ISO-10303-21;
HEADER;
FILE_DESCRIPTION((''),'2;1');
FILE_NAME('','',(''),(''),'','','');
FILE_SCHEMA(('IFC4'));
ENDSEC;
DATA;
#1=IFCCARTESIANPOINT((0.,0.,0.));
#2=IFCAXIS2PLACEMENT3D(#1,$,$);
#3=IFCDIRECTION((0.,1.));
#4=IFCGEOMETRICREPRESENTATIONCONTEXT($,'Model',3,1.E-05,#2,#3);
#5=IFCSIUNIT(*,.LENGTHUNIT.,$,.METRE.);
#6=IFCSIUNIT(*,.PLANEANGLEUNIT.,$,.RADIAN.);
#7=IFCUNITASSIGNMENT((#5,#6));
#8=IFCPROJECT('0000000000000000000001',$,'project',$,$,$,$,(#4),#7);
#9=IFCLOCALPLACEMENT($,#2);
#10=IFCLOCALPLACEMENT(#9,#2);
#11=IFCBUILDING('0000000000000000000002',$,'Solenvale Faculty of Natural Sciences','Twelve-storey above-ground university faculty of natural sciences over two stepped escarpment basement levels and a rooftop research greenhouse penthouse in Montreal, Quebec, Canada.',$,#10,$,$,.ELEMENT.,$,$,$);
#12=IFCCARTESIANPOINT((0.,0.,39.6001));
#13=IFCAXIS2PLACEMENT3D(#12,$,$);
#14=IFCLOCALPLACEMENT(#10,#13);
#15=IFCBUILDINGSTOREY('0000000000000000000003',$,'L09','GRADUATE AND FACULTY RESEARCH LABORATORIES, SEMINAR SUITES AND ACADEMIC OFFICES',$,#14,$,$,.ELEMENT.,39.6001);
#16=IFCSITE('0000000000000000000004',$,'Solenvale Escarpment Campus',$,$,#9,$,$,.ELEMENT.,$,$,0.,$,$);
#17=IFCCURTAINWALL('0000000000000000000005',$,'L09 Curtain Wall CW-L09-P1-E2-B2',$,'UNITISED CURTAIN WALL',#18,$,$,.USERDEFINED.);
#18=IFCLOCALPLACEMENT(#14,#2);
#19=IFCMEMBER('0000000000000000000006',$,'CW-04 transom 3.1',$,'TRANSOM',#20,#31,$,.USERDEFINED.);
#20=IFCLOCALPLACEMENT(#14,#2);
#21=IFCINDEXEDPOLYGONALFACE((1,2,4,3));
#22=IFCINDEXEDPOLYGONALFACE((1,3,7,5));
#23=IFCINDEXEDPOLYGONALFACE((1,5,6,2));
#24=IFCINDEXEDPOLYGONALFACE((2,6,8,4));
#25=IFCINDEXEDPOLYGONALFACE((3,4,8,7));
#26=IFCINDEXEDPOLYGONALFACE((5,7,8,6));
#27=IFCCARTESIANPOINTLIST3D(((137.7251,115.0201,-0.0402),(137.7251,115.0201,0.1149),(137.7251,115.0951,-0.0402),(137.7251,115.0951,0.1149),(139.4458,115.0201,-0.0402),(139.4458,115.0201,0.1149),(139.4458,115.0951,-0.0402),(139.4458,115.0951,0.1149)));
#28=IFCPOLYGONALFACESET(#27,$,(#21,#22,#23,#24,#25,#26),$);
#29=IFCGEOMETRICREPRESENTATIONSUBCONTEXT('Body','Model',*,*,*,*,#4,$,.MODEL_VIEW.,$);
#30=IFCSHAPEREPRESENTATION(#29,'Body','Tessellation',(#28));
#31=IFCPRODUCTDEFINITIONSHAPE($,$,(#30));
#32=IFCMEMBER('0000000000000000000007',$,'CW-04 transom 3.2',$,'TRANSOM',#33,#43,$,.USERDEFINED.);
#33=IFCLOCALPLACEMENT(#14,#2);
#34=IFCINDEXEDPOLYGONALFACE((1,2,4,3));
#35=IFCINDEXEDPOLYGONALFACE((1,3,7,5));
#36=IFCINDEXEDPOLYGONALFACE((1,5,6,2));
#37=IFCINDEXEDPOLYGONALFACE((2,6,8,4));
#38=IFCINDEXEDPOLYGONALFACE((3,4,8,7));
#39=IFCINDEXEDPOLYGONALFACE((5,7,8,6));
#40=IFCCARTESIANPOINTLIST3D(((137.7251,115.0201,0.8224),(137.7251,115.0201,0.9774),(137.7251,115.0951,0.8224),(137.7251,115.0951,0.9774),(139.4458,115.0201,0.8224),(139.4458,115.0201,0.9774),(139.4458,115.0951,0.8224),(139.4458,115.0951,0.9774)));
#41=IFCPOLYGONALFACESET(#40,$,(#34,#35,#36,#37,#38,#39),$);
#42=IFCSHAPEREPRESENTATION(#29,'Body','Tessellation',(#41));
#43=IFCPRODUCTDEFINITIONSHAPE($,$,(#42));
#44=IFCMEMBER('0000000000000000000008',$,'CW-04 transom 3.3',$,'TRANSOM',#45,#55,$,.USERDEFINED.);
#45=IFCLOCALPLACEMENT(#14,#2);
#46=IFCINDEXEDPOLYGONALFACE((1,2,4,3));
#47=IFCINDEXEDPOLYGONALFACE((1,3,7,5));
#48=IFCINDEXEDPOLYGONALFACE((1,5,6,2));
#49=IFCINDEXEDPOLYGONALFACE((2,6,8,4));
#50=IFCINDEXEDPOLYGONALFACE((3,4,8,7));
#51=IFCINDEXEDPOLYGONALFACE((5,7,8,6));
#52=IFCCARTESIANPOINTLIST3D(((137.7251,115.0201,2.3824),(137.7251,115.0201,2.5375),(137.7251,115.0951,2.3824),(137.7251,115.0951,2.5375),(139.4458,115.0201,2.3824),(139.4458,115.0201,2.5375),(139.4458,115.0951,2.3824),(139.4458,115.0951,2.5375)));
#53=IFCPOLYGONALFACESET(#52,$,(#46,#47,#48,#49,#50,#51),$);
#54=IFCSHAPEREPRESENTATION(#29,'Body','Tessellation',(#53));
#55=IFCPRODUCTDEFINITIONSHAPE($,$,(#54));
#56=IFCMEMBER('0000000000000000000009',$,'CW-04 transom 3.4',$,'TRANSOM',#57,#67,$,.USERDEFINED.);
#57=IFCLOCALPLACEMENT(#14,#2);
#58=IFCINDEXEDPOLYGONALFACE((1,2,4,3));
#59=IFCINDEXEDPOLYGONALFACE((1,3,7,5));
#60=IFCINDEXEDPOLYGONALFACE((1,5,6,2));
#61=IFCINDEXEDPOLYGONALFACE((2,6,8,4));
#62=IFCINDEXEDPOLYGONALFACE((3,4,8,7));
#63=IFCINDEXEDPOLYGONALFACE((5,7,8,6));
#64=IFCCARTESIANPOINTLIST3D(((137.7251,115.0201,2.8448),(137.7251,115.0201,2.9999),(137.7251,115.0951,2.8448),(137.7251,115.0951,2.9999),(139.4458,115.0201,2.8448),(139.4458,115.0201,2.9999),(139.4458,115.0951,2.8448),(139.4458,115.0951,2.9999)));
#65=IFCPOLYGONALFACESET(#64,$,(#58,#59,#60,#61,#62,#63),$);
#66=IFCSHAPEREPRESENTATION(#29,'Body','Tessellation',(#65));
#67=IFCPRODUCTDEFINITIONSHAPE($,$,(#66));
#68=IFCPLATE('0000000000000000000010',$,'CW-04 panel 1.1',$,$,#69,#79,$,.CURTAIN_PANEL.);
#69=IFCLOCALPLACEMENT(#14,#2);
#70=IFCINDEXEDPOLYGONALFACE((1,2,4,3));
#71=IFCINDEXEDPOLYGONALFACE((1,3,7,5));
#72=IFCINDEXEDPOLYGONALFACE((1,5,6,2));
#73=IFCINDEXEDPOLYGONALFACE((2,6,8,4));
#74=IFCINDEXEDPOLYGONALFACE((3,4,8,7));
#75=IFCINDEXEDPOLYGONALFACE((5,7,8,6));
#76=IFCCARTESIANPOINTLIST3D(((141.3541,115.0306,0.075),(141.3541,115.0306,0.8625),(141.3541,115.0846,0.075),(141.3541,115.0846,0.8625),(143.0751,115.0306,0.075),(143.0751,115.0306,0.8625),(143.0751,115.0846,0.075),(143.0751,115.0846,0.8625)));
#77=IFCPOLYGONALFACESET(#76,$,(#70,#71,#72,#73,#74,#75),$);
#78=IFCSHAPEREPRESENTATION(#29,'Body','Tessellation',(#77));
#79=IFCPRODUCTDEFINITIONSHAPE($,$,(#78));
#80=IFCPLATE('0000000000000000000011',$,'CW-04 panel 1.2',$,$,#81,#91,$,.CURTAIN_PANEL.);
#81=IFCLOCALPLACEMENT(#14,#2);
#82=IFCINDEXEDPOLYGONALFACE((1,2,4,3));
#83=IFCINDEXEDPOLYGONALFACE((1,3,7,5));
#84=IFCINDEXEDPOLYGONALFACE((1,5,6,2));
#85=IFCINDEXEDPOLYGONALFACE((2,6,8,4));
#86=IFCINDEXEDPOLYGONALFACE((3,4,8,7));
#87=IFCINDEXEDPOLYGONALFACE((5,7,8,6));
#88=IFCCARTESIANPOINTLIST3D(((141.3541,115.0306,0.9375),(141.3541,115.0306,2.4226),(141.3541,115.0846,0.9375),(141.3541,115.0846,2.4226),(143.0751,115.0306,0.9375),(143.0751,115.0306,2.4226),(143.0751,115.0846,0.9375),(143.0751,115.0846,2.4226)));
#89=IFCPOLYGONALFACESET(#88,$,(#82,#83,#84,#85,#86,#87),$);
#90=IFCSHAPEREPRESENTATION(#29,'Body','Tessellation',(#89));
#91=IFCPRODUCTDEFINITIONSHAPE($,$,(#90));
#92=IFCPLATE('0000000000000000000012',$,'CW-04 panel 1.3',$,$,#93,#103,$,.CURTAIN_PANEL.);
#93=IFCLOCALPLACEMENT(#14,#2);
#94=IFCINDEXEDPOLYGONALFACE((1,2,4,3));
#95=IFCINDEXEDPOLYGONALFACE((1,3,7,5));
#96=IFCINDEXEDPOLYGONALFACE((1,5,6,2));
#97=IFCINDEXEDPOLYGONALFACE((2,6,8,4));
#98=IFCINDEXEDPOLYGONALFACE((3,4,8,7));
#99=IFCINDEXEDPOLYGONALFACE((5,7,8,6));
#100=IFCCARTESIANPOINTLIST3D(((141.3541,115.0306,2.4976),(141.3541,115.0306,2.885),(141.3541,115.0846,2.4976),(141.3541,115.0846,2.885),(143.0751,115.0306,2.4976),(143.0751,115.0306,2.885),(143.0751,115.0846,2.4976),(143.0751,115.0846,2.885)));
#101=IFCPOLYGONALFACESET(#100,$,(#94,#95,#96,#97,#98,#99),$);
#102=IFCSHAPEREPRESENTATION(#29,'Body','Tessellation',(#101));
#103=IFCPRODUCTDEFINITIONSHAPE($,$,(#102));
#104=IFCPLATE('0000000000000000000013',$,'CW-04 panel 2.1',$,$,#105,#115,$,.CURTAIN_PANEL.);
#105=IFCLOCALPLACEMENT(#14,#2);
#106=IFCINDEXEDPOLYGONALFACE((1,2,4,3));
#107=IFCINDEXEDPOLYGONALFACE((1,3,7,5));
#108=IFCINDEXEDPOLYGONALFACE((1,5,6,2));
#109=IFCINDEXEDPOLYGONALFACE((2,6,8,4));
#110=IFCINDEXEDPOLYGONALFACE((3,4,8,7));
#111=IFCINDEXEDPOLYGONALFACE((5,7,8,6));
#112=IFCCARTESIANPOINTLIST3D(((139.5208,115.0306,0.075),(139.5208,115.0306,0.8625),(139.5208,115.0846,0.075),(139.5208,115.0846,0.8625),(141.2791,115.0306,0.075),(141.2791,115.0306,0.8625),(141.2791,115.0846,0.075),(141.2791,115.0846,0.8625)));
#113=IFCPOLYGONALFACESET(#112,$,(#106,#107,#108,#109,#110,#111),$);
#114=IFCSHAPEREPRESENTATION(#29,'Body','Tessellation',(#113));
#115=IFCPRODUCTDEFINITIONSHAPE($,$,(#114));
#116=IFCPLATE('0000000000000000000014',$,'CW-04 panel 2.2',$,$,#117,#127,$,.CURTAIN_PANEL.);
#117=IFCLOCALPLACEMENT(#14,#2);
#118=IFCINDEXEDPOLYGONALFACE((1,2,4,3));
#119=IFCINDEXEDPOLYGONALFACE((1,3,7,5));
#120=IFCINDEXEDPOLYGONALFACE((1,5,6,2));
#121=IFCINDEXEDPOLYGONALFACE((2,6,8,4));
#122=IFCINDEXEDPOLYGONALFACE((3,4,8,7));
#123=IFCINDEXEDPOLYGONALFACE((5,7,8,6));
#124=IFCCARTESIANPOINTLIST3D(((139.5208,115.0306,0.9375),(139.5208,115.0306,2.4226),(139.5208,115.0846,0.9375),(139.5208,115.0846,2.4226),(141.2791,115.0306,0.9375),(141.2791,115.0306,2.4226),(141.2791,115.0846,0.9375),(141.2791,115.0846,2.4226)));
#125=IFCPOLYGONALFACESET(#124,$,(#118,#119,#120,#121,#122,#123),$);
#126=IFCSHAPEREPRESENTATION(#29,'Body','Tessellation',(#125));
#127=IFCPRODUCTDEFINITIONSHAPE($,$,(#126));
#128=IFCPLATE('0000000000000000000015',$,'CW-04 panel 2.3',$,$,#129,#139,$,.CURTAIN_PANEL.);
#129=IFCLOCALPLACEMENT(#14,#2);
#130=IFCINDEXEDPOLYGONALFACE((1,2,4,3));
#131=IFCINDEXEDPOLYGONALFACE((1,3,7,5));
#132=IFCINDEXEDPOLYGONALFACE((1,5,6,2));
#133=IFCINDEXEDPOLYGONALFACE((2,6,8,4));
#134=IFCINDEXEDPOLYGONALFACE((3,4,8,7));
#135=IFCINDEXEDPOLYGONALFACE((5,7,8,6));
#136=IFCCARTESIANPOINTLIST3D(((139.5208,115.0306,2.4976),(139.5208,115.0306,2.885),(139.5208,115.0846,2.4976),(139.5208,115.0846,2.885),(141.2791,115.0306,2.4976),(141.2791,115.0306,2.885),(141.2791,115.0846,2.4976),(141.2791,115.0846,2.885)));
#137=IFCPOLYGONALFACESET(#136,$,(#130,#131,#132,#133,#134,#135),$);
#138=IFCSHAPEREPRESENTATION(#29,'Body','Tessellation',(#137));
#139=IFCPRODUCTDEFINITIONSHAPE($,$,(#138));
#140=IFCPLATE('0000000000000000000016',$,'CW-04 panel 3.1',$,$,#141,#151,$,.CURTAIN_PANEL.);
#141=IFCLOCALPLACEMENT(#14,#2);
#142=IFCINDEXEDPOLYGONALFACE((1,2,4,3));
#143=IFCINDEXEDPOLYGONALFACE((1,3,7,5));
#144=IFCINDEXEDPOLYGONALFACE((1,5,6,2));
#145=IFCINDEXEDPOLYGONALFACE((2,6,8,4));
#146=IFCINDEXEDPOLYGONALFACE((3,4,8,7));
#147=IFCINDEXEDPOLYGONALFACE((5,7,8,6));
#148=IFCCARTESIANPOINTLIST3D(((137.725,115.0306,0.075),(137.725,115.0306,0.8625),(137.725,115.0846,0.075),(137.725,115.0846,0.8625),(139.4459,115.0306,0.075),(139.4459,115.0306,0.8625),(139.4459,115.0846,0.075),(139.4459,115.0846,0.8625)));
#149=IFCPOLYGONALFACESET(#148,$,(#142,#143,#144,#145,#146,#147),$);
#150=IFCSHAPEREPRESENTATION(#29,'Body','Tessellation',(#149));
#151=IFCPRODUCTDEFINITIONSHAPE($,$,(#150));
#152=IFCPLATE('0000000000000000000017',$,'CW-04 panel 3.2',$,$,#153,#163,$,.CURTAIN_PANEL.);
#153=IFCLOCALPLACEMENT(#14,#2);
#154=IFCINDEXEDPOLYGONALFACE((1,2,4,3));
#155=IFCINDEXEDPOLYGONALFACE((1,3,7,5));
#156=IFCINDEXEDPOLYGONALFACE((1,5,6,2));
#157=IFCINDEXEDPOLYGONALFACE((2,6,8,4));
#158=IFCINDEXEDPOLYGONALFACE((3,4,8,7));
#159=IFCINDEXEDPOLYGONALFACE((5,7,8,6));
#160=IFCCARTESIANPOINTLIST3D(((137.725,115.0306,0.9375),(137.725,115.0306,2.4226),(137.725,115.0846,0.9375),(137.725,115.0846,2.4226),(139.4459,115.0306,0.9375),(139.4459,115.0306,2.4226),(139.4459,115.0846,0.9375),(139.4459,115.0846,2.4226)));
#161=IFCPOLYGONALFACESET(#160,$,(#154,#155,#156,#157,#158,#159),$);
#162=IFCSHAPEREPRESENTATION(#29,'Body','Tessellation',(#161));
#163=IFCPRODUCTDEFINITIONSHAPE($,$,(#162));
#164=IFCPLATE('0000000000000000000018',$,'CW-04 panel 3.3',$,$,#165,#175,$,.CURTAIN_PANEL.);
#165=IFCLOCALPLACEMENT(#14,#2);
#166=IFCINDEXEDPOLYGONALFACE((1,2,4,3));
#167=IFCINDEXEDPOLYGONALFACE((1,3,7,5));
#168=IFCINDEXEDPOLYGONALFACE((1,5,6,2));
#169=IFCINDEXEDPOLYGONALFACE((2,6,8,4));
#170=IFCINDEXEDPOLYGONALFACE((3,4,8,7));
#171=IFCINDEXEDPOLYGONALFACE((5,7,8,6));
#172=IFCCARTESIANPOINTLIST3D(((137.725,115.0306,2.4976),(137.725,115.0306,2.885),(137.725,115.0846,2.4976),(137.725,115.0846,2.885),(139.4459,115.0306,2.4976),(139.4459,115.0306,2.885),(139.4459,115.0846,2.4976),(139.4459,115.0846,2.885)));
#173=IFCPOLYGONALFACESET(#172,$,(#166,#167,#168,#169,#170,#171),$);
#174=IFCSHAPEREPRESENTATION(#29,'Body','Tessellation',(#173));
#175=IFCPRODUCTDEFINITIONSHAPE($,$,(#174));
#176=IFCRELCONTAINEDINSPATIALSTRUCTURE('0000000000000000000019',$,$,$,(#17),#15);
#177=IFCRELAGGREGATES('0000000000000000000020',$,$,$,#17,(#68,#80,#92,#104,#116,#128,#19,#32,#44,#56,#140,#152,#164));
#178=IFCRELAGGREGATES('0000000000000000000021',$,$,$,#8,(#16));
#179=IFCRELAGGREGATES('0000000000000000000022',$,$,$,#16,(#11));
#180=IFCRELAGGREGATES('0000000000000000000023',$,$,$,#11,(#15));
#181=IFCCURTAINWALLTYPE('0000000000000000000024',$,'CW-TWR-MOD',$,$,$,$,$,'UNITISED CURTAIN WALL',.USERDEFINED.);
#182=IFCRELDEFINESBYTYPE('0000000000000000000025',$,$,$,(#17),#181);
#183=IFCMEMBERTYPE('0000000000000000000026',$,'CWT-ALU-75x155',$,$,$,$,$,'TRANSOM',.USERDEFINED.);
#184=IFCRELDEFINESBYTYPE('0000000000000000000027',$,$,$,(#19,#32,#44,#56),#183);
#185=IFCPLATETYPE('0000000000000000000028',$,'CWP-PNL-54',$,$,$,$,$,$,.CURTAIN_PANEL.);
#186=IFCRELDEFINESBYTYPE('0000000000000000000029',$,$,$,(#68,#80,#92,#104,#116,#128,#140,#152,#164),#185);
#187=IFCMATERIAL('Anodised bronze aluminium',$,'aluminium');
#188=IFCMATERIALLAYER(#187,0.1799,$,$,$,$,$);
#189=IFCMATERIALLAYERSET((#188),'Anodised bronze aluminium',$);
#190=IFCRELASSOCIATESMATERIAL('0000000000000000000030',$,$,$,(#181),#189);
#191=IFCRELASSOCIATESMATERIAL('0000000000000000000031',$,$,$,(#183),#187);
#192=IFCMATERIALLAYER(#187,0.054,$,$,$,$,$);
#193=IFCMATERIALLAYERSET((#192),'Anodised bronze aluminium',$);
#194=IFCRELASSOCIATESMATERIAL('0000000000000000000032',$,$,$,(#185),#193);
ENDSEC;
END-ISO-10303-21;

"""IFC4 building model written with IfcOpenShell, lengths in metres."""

from ifc_helpers import new_model, si_unit, direction, frame, origin, origin_2d, place, context, subcontext, project, spatial, rectangle, extrude, material, layer, layer_set, material_profile, profile_set, type_object, element, aggregate, save


model = new_model("IFC4")

# Units and contexts
model_context = context("Model", 3, precision=1e-05, world=origin(), true_north=direction((0.0, 1.0)))
body_context = subcontext(model_context, "Body", "Model", "MODEL_VIEW")
ifc_project = project(units=[si_unit("LENGTHUNIT", "METRE"), si_unit("PLANEANGLEUNIT", "RADIAN")], contexts=[model_context])

# Site, building, storey
site_placement = place(None, origin())
site = spatial("IfcSite", under=ifc_project, at=site_placement, Name="Solenvale Escarpment Campus", CompositionType="ELEMENT", RefElevation=0.0)
building_placement = place(site_placement, origin())
building = spatial("IfcBuilding", under=site, at=building_placement, Name="Solenvale Faculty of Natural Sciences", Description="Twelve-storey above-ground university faculty of natural sciences over two stepped escarpment basement levels and a rooftop research greenhouse penthouse in Montreal, Quebec, Canada.", CompositionType="ELEMENT")
storey_placement = place(building_placement, frame((0.0, 0.0, 39.6001)))
storey = spatial("IfcBuildingStorey", under=building, at=storey_placement, Name="L09", Description="GRADUATE AND FACULTY RESEARCH LABORATORIES, SEMINAR SUITES AND ACADEMIC OFFICES", CompositionType="ELEMENT", Elevation=39.6001)

# Curtain wall, members, plates
ifc_material_1 = material(Name="Anodised bronze aluminium", Category="aluminium")
ifc_layer_1 = layer(ifc_material_1, 0.1799)
ifc_layer_set_1 = layer_set([ifc_layer_1], Name="Anodised bronze aluminium")
curtain_wall_type = type_object("IfcCurtainWallType", Name="CW-TWR-MOD", ElementType="UNITISED CURTAIN WALL", PredefinedType="USERDEFINED", material=ifc_layer_set_1)
curtain_wall_placement = place(storey_placement, origin())
curtain_wall = element("IfcCurtainWall", 1, at=curtain_wall_placement, inside=storey, type_object=curtain_wall_type, Name="L09 Curtain Wall CW-L09-P1-E2-B2", ObjectType="UNITISED CURTAIN WALL", PredefinedType="USERDEFINED")
ifc_material_profile_1 = material_profile(ifc_material_1, rectangle(XDim=0.075, YDim=0.155, at=origin_2d()), Name="ALU-TRN-75x155")
ifc_profile_set_1 = profile_set([ifc_material_profile_1], Name="Anodised bronze aluminium")
member_type_1 = type_object("IfcMemberType", Name="CWT-ALU-75x155", ElementType="TRANSOM", PredefinedType="USERDEFINED", material=ifc_profile_set_1)
member_1_placement = place(storey_placement, frame((139.4458, 115.0576, 0.0374), z_axis=(-1.0, 0.0, 0.0), x_axis=(0.0, -1.0, 0.0)))
member_1 = element("IfcMember", 2, at=member_1_placement, type_object=member_type_1, Name="CW-04 transom 3.1", ObjectType="TRANSOM", PredefinedType="USERDEFINED", context=body_context, shape_type="SweptSolid", body=[
    extrude(rectangle(XDim=0.075, YDim=0.155, at=origin_2d()), origin(), (0.0, 0.0, 1.0), 1.7207),
])
member_2_placement = place(storey_placement, frame((139.4458, 115.0576, 0.8999), z_axis=(-1.0, 0.0, 0.0), x_axis=(0.0, -1.0, 0.0)))
member_2 = element("IfcMember", 3, at=member_2_placement, type_object=member_type_1, Name="CW-04 transom 3.2", ObjectType="TRANSOM", PredefinedType="USERDEFINED", context=body_context, shape_type="SweptSolid", body=[
    extrude(rectangle(XDim=0.075, YDim=0.155, at=origin_2d()), origin(), (0.0, 0.0, 1.0), 1.7207),
])
member_3_placement = place(storey_placement, frame((139.4458, 115.0576, 2.46), z_axis=(-1.0, 0.0, 0.0), x_axis=(0.0, -1.0, 0.0)))
member_3 = element("IfcMember", 4, at=member_3_placement, type_object=member_type_1, Name="CW-04 transom 3.3", ObjectType="TRANSOM", PredefinedType="USERDEFINED", context=body_context, shape_type="SweptSolid", body=[
    extrude(rectangle(XDim=0.075, YDim=0.155, at=origin_2d()), origin(), (0.0, 0.0, 1.0), 1.7207),
])
member_4_placement = place(storey_placement, frame((139.4458, 115.0576, 2.9224), z_axis=(-1.0, 0.0, 0.0), x_axis=(0.0, -1.0, 0.0)))
member_4 = element("IfcMember", 5, at=member_4_placement, type_object=member_type_1, Name="CW-04 transom 3.4", ObjectType="TRANSOM", PredefinedType="USERDEFINED", context=body_context, shape_type="SweptSolid", body=[
    extrude(rectangle(XDim=0.075, YDim=0.155, at=origin_2d()), origin(), (0.0, 0.0, 1.0), 1.7207),
])
ifc_layer_2 = layer(ifc_material_1, 0.054)
ifc_layer_set_2 = layer_set([ifc_layer_2], Name="Anodised bronze aluminium")
plate_type = type_object("IfcPlateType", Name="CWP-PNL-54", PredefinedType="CURTAIN_PANEL", material=ifc_layer_set_2)
plate_1_placement = place(storey_placement, frame((142.2146, 115.0576, 0.075), z_axis=(0.0, 0.0, 1.0), x_axis=(-1.0, 0.0, 0.0)))
plate_1 = element("IfcPlate", 6, at=plate_1_placement, type_object=plate_type, Name="CW-04 panel 1.1", PredefinedType="CURTAIN_PANEL", context=body_context, shape_type="SweptSolid", body=[
    extrude(rectangle(XDim=1.7209, YDim=0.054, at=origin_2d()), origin(), (0.0, 0.0, 1.0), 0.7876),
])
plate_2_placement = place(storey_placement, frame((142.2146, 115.0576, 0.9375), z_axis=(0.0, 0.0, 1.0), x_axis=(-1.0, 0.0, 0.0)))
plate_2 = element("IfcPlate", 7, at=plate_2_placement, type_object=plate_type, Name="CW-04 panel 1.2", PredefinedType="CURTAIN_PANEL", context=body_context, shape_type="SweptSolid", body=[
    extrude(rectangle(XDim=1.7209, YDim=0.054, at=origin_2d()), origin(), (0.0, 0.0, 1.0), 1.4851),
])
plate_3_placement = place(storey_placement, frame((142.2146, 115.0576, 2.4976), z_axis=(0.0, 0.0, 1.0), x_axis=(-1.0, 0.0, 0.0)))
plate_3 = element("IfcPlate", 8, at=plate_3_placement, type_object=plate_type, Name="CW-04 panel 1.3", PredefinedType="CURTAIN_PANEL", context=body_context, shape_type="SweptSolid", body=[
    extrude(rectangle(XDim=1.7209, YDim=0.054, at=origin_2d()), origin(), (0.0, 0.0, 1.0), 0.3875),
])
plate_4_placement = place(storey_placement, frame((140.3999, 115.0576, 0.075), z_axis=(0.0, 0.0, 1.0), x_axis=(-1.0, 0.0, 0.0)))
plate_4 = element("IfcPlate", 9, at=plate_4_placement, type_object=plate_type, Name="CW-04 panel 2.1", PredefinedType="CURTAIN_PANEL", context=body_context, shape_type="SweptSolid", body=[
    extrude(rectangle(XDim=1.7583, YDim=0.054, at=origin_2d()), origin(), (0.0, 0.0, 1.0), 0.7876),
])
plate_5_placement = place(storey_placement, frame((140.3999, 115.0576, 0.9375), z_axis=(0.0, 0.0, 1.0), x_axis=(-1.0, 0.0, 0.0)))
plate_5 = element("IfcPlate", 10, at=plate_5_placement, type_object=plate_type, Name="CW-04 panel 2.2", PredefinedType="CURTAIN_PANEL", context=body_context, shape_type="SweptSolid", body=[
    extrude(rectangle(XDim=1.7583, YDim=0.054, at=origin_2d()), origin(), (0.0, 0.0, 1.0), 1.4851),
])
plate_6_placement = place(storey_placement, frame((140.3999, 115.0576, 2.4976), z_axis=(0.0, 0.0, 1.0), x_axis=(-1.0, 0.0, 0.0)))
plate_6 = element("IfcPlate", 11, at=plate_6_placement, type_object=plate_type, Name="CW-04 panel 2.3", PredefinedType="CURTAIN_PANEL", context=body_context, shape_type="SweptSolid", body=[
    extrude(rectangle(XDim=1.7583, YDim=0.054, at=origin_2d()), origin(), (0.0, 0.0, 1.0), 0.3875),
])
plate_7_placement = place(storey_placement, frame((138.5854, 115.0576, 0.075), z_axis=(0.0, 0.0, 1.0), x_axis=(-1.0, 0.0, 0.0)))
plate_7 = element("IfcPlate", 12, at=plate_7_placement, type_object=plate_type, Name="CW-04 panel 3.1", PredefinedType="CURTAIN_PANEL", context=body_context, shape_type="SweptSolid", body=[
    extrude(rectangle(XDim=1.7209, YDim=0.054, at=origin_2d()), origin(), (0.0, 0.0, 1.0), 0.7876),
])
plate_8_placement = place(storey_placement, frame((138.5854, 115.0576, 0.9375), z_axis=(0.0, 0.0, 1.0), x_axis=(-1.0, 0.0, 0.0)))
plate_8 = element("IfcPlate", 13, at=plate_8_placement, type_object=plate_type, Name="CW-04 panel 3.2", PredefinedType="CURTAIN_PANEL", context=body_context, shape_type="SweptSolid", body=[
    extrude(rectangle(XDim=1.7209, YDim=0.054, at=origin_2d()), origin(), (0.0, 0.0, 1.0), 1.4851),
])
plate_9_placement = place(storey_placement, frame((138.5854, 115.0576, 2.4976), z_axis=(0.0, 0.0, 1.0), x_axis=(-1.0, 0.0, 0.0)))
plate_9 = element("IfcPlate", 14, at=plate_9_placement, type_object=plate_type, Name="CW-04 panel 3.3", PredefinedType="CURTAIN_PANEL", context=body_context, shape_type="SweptSolid", body=[
    extrude(rectangle(XDim=1.7209, YDim=0.054, at=origin_2d()), origin(), (0.0, 0.0, 1.0), 0.3875),
])
aggregate(curtain_wall, [plate_1, plate_2, plate_3, plate_4, plate_5, plate_6, member_1, member_2, member_3, member_4, plate_7, plate_8, plate_9])

save(model, "model.ifc")
